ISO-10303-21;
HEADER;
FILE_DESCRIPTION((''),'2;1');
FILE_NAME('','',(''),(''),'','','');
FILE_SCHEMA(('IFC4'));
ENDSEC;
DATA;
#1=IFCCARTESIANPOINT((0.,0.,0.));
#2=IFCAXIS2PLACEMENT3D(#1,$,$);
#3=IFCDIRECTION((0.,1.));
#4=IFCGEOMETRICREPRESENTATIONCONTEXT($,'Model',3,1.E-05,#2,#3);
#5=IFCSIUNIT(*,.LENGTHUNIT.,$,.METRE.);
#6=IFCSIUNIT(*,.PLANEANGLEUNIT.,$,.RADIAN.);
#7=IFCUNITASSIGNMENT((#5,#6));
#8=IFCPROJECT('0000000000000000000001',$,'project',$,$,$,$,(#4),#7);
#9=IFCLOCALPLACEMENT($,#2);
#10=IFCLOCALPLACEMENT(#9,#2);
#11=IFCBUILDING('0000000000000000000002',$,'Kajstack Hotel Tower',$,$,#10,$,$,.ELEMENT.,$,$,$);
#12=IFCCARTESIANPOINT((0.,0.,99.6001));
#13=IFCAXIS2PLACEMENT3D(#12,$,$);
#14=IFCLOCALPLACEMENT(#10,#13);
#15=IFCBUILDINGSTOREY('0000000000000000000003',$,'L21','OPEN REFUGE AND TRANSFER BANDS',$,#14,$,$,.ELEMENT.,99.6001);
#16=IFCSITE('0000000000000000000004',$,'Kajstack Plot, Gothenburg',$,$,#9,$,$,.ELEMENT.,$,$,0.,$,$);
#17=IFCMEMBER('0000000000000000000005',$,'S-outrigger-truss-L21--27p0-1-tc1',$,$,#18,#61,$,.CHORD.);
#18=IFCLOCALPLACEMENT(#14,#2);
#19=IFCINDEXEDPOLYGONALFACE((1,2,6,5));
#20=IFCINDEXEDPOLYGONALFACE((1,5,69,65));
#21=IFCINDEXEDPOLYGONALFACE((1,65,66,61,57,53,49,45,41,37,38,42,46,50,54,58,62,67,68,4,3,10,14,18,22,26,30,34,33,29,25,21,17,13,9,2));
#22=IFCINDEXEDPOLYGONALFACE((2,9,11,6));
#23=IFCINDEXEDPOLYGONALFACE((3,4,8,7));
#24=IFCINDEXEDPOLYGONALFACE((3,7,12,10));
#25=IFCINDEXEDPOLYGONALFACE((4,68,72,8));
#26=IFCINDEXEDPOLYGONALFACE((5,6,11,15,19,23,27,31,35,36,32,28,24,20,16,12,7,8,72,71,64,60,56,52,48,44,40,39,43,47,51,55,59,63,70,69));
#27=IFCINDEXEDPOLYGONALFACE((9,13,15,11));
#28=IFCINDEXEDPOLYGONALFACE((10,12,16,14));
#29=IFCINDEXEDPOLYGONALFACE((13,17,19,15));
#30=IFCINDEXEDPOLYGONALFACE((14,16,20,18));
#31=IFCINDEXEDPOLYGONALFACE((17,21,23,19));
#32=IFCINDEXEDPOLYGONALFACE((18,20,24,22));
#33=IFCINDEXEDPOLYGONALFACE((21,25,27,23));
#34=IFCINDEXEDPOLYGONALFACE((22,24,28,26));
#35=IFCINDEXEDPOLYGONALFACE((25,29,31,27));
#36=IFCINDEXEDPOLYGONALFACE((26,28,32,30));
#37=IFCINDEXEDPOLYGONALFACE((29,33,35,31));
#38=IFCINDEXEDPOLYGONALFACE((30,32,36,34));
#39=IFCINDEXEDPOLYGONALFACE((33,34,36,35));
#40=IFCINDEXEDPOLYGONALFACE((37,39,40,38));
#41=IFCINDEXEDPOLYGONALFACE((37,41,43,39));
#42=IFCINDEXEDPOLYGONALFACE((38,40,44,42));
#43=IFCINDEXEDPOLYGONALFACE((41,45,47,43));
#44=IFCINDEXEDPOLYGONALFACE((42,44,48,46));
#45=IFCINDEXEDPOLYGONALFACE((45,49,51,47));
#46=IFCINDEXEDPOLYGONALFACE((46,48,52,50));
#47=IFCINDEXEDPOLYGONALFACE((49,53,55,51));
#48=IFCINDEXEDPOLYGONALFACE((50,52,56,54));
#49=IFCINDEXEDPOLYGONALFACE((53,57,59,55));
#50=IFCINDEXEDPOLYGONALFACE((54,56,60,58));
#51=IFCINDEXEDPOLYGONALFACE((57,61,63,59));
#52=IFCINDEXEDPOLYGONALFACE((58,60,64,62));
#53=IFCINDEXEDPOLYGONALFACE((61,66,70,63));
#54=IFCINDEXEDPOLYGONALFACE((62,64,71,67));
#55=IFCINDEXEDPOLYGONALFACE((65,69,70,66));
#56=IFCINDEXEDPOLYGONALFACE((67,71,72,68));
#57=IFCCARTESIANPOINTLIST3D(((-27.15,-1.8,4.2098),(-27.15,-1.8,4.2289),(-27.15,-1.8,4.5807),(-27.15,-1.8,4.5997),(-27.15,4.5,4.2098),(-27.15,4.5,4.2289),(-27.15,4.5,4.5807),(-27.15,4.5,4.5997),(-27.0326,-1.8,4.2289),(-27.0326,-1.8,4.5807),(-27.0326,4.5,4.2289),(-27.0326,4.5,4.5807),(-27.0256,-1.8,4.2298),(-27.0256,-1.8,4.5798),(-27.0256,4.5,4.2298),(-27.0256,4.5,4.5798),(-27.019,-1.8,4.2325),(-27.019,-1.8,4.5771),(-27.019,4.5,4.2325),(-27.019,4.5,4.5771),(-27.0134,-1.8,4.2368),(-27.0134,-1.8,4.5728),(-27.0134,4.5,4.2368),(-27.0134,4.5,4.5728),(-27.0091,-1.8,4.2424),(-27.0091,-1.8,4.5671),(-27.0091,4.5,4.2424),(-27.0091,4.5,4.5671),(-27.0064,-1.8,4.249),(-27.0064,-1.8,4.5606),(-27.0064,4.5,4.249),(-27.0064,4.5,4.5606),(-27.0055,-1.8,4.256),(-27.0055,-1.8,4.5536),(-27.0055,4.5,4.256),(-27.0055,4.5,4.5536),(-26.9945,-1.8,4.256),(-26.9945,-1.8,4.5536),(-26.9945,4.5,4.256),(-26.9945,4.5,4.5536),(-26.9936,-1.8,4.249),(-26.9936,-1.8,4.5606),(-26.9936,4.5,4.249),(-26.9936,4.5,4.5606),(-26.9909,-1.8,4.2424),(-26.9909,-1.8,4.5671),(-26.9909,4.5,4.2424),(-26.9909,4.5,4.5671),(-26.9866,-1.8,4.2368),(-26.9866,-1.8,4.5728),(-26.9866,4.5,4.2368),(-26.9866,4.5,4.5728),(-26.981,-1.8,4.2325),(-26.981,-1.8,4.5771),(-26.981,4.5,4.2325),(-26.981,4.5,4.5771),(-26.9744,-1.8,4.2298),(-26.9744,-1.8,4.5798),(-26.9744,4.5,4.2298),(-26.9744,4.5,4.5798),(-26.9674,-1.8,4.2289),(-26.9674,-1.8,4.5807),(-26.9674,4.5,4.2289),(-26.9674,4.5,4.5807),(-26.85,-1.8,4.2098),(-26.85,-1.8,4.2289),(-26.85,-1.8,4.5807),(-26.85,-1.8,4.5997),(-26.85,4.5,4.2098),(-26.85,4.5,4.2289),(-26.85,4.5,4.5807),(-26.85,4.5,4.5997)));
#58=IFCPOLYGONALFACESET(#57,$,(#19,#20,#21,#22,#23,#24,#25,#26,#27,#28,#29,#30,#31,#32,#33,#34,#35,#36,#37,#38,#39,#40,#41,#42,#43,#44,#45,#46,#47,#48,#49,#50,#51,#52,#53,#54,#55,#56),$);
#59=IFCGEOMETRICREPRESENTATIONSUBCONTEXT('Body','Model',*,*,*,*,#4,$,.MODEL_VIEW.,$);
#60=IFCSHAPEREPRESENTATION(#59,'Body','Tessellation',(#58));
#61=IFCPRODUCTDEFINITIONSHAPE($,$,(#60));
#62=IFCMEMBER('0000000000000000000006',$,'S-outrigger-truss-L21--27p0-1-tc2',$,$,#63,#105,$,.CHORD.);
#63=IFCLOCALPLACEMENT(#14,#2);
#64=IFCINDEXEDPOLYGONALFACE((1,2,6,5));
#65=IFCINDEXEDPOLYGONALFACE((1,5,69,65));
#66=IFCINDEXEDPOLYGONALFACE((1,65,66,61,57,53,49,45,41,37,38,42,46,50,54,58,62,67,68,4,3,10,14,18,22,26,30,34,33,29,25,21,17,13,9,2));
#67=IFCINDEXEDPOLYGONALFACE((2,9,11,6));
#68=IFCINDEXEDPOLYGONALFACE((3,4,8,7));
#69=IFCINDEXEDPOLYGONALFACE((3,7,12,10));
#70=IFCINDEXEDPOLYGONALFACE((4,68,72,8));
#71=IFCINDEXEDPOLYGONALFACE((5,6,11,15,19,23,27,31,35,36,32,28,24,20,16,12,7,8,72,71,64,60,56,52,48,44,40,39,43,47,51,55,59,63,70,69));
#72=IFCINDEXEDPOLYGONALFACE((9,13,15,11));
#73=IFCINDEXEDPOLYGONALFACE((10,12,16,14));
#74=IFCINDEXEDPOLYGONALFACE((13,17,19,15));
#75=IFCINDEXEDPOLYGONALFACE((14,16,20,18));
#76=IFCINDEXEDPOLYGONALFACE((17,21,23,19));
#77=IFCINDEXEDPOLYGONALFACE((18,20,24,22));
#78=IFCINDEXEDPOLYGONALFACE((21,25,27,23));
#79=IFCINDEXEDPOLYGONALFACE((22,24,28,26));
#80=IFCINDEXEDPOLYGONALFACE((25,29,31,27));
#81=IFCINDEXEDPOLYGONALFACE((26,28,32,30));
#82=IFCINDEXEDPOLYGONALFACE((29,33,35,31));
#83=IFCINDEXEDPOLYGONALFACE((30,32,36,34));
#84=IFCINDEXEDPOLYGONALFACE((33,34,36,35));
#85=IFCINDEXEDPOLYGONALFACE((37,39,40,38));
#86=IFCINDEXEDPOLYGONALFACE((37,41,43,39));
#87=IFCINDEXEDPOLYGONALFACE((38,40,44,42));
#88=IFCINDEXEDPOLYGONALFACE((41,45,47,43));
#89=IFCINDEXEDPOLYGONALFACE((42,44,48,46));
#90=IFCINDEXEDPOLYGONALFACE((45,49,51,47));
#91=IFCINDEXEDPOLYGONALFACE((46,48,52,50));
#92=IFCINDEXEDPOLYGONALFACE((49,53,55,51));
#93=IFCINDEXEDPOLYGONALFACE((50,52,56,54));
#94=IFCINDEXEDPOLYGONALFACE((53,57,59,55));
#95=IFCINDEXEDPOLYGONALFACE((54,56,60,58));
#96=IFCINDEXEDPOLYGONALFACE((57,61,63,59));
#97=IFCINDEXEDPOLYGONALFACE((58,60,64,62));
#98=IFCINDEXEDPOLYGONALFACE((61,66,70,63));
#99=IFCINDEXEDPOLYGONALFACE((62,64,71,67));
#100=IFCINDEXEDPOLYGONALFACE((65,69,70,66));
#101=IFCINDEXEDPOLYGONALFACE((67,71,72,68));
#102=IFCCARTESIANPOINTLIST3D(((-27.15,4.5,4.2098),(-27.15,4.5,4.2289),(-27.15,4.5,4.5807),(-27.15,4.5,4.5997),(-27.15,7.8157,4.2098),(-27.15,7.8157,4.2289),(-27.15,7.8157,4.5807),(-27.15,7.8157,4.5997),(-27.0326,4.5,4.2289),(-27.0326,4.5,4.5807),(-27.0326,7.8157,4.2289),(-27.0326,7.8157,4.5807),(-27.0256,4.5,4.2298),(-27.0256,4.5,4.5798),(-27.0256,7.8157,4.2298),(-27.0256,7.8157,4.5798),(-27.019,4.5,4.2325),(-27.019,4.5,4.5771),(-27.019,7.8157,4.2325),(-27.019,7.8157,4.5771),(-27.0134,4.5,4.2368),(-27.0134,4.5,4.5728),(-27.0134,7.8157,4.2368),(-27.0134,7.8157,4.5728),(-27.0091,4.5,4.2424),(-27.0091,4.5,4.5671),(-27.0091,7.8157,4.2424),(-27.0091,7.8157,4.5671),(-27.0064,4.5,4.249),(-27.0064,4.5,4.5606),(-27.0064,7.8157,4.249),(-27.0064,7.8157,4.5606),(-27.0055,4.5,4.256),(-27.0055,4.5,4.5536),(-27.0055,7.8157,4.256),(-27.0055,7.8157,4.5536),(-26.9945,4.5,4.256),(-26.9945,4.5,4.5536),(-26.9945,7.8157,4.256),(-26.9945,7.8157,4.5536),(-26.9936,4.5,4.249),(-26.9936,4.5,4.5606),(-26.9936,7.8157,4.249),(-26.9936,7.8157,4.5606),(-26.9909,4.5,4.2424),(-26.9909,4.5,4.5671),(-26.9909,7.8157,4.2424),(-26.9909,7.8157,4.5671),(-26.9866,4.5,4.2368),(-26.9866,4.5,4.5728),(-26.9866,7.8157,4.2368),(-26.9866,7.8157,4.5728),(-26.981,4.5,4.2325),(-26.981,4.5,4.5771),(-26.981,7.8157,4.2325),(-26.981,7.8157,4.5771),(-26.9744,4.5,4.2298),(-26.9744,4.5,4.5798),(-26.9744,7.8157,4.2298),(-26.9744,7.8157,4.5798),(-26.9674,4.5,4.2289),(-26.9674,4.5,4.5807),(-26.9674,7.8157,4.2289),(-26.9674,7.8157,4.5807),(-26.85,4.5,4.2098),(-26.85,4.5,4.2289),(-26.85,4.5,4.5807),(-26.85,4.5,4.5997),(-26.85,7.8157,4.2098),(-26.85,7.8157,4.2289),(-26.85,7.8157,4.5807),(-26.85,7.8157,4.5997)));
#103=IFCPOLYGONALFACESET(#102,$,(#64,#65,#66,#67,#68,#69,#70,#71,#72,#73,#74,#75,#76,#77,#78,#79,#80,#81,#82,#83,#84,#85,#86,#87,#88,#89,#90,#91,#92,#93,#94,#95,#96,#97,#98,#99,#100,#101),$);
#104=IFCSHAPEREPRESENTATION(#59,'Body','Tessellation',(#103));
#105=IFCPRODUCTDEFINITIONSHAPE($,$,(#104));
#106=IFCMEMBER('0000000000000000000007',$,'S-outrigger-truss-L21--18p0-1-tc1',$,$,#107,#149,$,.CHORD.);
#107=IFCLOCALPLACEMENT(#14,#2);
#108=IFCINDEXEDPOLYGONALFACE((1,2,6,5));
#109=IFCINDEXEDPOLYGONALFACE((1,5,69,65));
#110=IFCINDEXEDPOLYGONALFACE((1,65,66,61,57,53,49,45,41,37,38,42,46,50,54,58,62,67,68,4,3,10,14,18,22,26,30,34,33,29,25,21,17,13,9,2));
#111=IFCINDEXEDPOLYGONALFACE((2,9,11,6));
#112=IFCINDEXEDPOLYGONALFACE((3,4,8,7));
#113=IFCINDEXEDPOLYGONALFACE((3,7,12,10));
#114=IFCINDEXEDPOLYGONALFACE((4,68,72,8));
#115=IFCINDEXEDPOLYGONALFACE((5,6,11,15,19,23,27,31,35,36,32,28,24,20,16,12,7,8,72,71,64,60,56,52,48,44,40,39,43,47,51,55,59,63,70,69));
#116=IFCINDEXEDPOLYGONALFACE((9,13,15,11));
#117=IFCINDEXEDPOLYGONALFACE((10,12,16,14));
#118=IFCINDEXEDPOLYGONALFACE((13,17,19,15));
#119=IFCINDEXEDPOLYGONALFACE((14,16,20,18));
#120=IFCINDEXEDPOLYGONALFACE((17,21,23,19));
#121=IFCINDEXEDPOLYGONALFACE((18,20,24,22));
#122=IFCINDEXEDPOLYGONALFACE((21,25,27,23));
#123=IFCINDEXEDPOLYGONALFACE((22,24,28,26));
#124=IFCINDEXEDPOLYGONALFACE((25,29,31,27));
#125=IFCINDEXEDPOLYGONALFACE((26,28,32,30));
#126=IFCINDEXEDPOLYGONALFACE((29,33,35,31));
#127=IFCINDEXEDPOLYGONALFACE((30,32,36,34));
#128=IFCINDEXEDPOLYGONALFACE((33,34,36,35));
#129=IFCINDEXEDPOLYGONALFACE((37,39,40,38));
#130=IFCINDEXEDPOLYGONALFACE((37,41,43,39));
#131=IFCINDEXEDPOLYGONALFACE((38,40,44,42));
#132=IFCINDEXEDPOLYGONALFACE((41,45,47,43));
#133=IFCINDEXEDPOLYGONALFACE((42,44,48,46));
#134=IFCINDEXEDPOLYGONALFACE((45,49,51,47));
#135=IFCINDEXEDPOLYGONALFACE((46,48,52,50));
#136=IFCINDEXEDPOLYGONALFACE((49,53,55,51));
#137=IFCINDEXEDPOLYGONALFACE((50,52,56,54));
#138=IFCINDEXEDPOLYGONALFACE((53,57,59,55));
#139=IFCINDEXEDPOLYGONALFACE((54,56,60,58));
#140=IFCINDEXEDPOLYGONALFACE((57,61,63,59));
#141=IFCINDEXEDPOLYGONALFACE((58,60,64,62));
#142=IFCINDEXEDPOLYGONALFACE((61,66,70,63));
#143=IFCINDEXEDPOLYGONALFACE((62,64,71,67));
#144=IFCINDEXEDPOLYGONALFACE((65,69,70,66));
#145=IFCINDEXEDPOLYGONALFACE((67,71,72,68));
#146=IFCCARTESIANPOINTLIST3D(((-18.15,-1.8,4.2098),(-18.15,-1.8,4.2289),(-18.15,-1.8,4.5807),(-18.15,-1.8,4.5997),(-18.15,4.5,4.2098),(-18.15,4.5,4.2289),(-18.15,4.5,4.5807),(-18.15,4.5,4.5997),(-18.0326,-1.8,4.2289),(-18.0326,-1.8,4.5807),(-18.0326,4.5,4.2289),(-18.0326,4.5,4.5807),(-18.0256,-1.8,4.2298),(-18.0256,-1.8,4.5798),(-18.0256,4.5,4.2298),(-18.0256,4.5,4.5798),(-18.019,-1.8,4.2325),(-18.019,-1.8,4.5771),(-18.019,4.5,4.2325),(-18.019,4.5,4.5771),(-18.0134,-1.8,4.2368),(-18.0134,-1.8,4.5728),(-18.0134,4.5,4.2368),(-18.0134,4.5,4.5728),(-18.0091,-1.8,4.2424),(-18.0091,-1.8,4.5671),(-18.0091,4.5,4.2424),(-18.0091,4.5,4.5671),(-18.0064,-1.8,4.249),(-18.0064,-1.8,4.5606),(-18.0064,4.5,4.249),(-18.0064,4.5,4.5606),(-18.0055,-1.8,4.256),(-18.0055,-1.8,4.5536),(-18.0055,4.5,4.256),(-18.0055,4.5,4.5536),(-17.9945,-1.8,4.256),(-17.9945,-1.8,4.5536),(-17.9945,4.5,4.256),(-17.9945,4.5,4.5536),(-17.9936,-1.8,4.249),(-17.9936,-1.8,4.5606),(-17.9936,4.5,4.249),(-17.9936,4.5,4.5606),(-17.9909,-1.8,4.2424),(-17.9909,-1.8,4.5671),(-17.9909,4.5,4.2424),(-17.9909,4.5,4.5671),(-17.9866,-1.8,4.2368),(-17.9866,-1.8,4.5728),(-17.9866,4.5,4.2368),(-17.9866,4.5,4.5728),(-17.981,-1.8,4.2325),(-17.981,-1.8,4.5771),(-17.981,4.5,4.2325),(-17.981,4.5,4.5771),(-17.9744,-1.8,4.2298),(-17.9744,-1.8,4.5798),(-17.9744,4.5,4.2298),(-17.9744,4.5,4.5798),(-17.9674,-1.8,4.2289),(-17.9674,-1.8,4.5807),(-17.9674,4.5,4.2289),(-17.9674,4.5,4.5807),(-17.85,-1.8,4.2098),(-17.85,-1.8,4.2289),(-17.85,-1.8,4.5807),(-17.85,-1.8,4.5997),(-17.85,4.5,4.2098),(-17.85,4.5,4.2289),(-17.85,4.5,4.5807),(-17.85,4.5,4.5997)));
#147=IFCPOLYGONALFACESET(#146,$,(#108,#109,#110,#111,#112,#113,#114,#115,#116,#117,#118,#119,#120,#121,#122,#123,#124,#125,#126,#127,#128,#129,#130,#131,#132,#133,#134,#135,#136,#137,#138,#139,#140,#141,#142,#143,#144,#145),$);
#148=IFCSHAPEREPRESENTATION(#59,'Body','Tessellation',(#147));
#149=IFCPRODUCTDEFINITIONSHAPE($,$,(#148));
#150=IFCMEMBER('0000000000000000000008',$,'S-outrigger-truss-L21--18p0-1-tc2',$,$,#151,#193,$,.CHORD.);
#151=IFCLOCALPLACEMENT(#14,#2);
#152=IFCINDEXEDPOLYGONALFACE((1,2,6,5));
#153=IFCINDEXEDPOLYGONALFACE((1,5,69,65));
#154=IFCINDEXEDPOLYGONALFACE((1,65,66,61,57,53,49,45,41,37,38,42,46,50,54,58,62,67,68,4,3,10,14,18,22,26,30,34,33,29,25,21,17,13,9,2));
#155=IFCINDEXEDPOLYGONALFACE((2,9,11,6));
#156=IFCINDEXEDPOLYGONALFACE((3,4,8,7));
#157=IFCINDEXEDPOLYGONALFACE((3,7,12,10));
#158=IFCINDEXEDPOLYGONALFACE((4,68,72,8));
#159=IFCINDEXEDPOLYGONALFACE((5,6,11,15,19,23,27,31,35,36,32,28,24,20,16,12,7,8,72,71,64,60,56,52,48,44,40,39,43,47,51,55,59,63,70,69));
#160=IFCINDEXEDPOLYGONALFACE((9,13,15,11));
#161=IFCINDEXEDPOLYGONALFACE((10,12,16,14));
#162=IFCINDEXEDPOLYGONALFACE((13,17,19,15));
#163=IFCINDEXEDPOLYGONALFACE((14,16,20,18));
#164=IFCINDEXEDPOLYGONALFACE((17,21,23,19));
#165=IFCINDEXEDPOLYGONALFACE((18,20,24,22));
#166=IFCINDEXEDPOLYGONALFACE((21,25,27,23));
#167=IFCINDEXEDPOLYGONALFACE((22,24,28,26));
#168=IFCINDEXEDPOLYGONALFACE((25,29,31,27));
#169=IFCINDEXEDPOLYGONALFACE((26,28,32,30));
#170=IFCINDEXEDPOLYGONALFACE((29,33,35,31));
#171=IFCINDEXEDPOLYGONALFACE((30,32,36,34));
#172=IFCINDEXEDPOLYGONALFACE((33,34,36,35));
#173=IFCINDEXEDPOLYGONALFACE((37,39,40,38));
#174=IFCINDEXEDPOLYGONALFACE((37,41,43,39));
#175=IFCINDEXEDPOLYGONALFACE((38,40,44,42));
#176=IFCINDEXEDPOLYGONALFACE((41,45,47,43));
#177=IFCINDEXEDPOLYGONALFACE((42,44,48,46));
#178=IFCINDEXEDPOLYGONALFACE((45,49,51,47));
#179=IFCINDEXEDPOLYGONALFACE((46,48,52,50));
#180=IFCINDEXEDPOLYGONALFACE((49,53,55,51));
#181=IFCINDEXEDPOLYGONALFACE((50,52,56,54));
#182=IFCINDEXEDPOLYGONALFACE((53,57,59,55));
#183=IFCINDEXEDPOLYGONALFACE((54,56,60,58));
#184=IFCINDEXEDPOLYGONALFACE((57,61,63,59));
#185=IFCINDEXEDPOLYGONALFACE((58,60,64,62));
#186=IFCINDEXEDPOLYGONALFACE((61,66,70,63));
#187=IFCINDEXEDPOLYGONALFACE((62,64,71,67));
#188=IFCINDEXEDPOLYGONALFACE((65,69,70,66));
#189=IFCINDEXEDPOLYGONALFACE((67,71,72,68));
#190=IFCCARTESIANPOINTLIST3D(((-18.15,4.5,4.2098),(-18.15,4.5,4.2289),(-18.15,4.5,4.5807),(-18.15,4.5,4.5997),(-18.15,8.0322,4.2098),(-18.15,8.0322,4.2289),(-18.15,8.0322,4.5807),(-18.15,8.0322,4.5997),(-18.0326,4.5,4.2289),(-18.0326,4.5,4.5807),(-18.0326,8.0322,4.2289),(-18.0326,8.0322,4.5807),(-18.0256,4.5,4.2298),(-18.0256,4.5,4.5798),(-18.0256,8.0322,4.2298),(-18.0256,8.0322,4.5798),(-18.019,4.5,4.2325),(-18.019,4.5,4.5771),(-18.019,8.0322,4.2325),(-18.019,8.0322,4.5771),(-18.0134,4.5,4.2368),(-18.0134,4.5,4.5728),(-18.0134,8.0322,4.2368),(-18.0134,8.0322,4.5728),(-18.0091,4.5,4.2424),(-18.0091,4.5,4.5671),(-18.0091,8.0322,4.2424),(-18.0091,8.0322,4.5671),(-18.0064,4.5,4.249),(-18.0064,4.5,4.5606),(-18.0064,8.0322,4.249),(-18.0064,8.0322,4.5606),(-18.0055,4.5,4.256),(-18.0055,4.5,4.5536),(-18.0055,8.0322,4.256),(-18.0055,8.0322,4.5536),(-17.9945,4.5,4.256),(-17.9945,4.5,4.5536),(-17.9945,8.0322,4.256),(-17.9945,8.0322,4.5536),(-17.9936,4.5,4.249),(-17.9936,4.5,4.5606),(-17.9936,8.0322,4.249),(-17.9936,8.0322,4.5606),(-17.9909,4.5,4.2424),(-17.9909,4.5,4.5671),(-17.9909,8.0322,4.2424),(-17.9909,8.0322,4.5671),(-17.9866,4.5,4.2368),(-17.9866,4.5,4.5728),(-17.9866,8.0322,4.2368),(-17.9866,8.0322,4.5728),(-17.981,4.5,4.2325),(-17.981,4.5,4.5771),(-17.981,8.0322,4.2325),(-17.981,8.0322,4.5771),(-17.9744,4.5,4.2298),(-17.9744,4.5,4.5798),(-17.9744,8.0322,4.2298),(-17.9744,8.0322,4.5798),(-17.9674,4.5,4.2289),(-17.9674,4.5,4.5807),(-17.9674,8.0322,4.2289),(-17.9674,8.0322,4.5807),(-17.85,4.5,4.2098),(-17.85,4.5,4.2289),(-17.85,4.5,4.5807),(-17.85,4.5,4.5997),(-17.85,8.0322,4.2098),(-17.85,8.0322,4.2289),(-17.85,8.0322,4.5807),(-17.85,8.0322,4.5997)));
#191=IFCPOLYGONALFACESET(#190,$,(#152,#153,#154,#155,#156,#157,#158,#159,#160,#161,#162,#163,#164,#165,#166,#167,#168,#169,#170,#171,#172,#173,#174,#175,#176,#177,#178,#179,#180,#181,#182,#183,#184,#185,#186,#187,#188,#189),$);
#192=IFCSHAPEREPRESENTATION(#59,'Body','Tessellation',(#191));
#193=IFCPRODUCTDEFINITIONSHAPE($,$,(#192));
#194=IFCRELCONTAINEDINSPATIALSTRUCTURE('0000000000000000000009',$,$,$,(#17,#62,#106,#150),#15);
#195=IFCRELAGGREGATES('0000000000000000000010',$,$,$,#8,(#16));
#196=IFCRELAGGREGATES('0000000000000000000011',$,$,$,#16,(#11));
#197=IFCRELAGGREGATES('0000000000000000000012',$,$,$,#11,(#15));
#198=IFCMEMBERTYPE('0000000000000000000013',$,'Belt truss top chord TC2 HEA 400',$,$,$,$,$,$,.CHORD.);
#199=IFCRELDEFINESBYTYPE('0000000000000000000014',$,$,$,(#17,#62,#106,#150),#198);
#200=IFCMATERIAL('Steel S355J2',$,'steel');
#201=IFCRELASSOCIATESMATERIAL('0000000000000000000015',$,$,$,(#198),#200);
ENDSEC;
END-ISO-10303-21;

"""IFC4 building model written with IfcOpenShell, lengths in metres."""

from ifc_helpers import new_model, si_unit, direction, frame, origin, origin_2d, place, context, subcontext, project, spatial, i_section, extrude, material, material_profile, profile_set, type_object, element, save


model = new_model("IFC4")

# Units and contexts
model_context = context("Model", 3, precision=1e-05, world=origin(), true_north=direction((0.0, 1.0)))
body_context = subcontext(model_context, "Body", "Model", "MODEL_VIEW")
ifc_project = project(units=[si_unit("LENGTHUNIT", "METRE"), si_unit("PLANEANGLEUNIT", "RADIAN")], contexts=[model_context])

# Site, building, storey
site_placement = place(None, origin())
site = spatial("IfcSite", under=ifc_project, at=site_placement, Name="Kajstack Plot, Gothenburg", CompositionType="ELEMENT", RefElevation=0.0)
building_placement = place(site_placement, origin())
building = spatial("IfcBuilding", under=site, at=building_placement, Name="Kajstack Hotel Tower", CompositionType="ELEMENT")
storey_placement = place(building_placement, frame((0.0, 0.0, 99.6001)))
storey = spatial("IfcBuildingStorey", under=building, at=storey_placement, Name="L21", Description="OPEN REFUGE AND TRANSFER BANDS", CompositionType="ELEMENT", Elevation=99.6001)

# Members
ifc_material_1 = material(Name="Steel S355J2", Category="steel")
ifc_material_profile_1 = material_profile(ifc_material_1, i_section(OverallWidth=0.3, OverallDepth=0.3899, WebThickness=0.011, FlangeThickness=0.019, FilletRadius=0.0271, at=origin_2d()), Name="HEA 400")
ifc_profile_set_1 = profile_set([ifc_material_profile_1], Name="Steel S355J2")
member_type_1 = type_object("IfcMemberType", Name="Belt truss top chord TC2 HEA 400", PredefinedType="CHORD", material=ifc_profile_set_1)
member_1_placement = place(storey_placement, frame((-27.0, -1.8, 4.4048), z_axis=(0.0, 1.0, 0.0), x_axis=(-1.0, 0.0, 0.0)))
element("IfcMember", 1, at=member_1_placement, inside=storey, type_object=member_type_1, Name="S-outrigger-truss-L21--27p0-1-tc1", PredefinedType="CHORD", context=body_context, shape_type="SweptSolid", body=[
    extrude(i_section(OverallWidth=0.3, OverallDepth=0.3899, WebThickness=0.011, FlangeThickness=0.019, FilletRadius=0.0271, at=origin_2d()), origin(), (0.0, 0.0, 1.0), 6.3),
])
member_2_placement = place(storey_placement, frame((-27.0, 4.5, 4.4048), z_axis=(0.0, 1.0, 0.0), x_axis=(-1.0, 0.0, 0.0)))
element("IfcMember", 2, at=member_2_placement, inside=storey, type_object=member_type_1, Name="S-outrigger-truss-L21--27p0-1-tc2", PredefinedType="CHORD", context=body_context, shape_type="SweptSolid", body=[
    extrude(i_section(OverallWidth=0.3, OverallDepth=0.3899, WebThickness=0.011, FlangeThickness=0.019, FilletRadius=0.0271, at=origin_2d()), origin(), (0.0, 0.0, 1.0), 3.3157),
])
member_3_placement = place(storey_placement, frame((-18.0, -1.8, 4.4048), z_axis=(0.0, 1.0, 0.0), x_axis=(-1.0, 0.0, 0.0)))
element("IfcMember", 3, at=member_3_placement, inside=storey, type_object=member_type_1, Name="S-outrigger-truss-L21--18p0-1-tc1", PredefinedType="CHORD", context=body_context, shape_type="SweptSolid", body=[
    extrude(i_section(OverallWidth=0.3, OverallDepth=0.3899, WebThickness=0.011, FlangeThickness=0.019, FilletRadius=0.0271, at=origin_2d()), origin(), (0.0, 0.0, 1.0), 6.3),
])
member_4_placement = place(storey_placement, frame((-18.0, 4.5, 4.4048), z_axis=(0.0, 1.0, 0.0), x_axis=(-1.0, 0.0, 0.0)))
element("IfcMember", 4, at=member_4_placement, inside=storey, type_object=member_type_1, Name="S-outrigger-truss-L21--18p0-1-tc2", PredefinedType="CHORD", context=body_context, shape_type="SweptSolid", body=[
    extrude(i_section(OverallWidth=0.3, OverallDepth=0.3899, WebThickness=0.011, FlangeThickness=0.019, FilletRadius=0.0271, at=origin_2d()), origin(), (0.0, 0.0, 1.0), 3.5322),
])

save(model, "model.ifc")
